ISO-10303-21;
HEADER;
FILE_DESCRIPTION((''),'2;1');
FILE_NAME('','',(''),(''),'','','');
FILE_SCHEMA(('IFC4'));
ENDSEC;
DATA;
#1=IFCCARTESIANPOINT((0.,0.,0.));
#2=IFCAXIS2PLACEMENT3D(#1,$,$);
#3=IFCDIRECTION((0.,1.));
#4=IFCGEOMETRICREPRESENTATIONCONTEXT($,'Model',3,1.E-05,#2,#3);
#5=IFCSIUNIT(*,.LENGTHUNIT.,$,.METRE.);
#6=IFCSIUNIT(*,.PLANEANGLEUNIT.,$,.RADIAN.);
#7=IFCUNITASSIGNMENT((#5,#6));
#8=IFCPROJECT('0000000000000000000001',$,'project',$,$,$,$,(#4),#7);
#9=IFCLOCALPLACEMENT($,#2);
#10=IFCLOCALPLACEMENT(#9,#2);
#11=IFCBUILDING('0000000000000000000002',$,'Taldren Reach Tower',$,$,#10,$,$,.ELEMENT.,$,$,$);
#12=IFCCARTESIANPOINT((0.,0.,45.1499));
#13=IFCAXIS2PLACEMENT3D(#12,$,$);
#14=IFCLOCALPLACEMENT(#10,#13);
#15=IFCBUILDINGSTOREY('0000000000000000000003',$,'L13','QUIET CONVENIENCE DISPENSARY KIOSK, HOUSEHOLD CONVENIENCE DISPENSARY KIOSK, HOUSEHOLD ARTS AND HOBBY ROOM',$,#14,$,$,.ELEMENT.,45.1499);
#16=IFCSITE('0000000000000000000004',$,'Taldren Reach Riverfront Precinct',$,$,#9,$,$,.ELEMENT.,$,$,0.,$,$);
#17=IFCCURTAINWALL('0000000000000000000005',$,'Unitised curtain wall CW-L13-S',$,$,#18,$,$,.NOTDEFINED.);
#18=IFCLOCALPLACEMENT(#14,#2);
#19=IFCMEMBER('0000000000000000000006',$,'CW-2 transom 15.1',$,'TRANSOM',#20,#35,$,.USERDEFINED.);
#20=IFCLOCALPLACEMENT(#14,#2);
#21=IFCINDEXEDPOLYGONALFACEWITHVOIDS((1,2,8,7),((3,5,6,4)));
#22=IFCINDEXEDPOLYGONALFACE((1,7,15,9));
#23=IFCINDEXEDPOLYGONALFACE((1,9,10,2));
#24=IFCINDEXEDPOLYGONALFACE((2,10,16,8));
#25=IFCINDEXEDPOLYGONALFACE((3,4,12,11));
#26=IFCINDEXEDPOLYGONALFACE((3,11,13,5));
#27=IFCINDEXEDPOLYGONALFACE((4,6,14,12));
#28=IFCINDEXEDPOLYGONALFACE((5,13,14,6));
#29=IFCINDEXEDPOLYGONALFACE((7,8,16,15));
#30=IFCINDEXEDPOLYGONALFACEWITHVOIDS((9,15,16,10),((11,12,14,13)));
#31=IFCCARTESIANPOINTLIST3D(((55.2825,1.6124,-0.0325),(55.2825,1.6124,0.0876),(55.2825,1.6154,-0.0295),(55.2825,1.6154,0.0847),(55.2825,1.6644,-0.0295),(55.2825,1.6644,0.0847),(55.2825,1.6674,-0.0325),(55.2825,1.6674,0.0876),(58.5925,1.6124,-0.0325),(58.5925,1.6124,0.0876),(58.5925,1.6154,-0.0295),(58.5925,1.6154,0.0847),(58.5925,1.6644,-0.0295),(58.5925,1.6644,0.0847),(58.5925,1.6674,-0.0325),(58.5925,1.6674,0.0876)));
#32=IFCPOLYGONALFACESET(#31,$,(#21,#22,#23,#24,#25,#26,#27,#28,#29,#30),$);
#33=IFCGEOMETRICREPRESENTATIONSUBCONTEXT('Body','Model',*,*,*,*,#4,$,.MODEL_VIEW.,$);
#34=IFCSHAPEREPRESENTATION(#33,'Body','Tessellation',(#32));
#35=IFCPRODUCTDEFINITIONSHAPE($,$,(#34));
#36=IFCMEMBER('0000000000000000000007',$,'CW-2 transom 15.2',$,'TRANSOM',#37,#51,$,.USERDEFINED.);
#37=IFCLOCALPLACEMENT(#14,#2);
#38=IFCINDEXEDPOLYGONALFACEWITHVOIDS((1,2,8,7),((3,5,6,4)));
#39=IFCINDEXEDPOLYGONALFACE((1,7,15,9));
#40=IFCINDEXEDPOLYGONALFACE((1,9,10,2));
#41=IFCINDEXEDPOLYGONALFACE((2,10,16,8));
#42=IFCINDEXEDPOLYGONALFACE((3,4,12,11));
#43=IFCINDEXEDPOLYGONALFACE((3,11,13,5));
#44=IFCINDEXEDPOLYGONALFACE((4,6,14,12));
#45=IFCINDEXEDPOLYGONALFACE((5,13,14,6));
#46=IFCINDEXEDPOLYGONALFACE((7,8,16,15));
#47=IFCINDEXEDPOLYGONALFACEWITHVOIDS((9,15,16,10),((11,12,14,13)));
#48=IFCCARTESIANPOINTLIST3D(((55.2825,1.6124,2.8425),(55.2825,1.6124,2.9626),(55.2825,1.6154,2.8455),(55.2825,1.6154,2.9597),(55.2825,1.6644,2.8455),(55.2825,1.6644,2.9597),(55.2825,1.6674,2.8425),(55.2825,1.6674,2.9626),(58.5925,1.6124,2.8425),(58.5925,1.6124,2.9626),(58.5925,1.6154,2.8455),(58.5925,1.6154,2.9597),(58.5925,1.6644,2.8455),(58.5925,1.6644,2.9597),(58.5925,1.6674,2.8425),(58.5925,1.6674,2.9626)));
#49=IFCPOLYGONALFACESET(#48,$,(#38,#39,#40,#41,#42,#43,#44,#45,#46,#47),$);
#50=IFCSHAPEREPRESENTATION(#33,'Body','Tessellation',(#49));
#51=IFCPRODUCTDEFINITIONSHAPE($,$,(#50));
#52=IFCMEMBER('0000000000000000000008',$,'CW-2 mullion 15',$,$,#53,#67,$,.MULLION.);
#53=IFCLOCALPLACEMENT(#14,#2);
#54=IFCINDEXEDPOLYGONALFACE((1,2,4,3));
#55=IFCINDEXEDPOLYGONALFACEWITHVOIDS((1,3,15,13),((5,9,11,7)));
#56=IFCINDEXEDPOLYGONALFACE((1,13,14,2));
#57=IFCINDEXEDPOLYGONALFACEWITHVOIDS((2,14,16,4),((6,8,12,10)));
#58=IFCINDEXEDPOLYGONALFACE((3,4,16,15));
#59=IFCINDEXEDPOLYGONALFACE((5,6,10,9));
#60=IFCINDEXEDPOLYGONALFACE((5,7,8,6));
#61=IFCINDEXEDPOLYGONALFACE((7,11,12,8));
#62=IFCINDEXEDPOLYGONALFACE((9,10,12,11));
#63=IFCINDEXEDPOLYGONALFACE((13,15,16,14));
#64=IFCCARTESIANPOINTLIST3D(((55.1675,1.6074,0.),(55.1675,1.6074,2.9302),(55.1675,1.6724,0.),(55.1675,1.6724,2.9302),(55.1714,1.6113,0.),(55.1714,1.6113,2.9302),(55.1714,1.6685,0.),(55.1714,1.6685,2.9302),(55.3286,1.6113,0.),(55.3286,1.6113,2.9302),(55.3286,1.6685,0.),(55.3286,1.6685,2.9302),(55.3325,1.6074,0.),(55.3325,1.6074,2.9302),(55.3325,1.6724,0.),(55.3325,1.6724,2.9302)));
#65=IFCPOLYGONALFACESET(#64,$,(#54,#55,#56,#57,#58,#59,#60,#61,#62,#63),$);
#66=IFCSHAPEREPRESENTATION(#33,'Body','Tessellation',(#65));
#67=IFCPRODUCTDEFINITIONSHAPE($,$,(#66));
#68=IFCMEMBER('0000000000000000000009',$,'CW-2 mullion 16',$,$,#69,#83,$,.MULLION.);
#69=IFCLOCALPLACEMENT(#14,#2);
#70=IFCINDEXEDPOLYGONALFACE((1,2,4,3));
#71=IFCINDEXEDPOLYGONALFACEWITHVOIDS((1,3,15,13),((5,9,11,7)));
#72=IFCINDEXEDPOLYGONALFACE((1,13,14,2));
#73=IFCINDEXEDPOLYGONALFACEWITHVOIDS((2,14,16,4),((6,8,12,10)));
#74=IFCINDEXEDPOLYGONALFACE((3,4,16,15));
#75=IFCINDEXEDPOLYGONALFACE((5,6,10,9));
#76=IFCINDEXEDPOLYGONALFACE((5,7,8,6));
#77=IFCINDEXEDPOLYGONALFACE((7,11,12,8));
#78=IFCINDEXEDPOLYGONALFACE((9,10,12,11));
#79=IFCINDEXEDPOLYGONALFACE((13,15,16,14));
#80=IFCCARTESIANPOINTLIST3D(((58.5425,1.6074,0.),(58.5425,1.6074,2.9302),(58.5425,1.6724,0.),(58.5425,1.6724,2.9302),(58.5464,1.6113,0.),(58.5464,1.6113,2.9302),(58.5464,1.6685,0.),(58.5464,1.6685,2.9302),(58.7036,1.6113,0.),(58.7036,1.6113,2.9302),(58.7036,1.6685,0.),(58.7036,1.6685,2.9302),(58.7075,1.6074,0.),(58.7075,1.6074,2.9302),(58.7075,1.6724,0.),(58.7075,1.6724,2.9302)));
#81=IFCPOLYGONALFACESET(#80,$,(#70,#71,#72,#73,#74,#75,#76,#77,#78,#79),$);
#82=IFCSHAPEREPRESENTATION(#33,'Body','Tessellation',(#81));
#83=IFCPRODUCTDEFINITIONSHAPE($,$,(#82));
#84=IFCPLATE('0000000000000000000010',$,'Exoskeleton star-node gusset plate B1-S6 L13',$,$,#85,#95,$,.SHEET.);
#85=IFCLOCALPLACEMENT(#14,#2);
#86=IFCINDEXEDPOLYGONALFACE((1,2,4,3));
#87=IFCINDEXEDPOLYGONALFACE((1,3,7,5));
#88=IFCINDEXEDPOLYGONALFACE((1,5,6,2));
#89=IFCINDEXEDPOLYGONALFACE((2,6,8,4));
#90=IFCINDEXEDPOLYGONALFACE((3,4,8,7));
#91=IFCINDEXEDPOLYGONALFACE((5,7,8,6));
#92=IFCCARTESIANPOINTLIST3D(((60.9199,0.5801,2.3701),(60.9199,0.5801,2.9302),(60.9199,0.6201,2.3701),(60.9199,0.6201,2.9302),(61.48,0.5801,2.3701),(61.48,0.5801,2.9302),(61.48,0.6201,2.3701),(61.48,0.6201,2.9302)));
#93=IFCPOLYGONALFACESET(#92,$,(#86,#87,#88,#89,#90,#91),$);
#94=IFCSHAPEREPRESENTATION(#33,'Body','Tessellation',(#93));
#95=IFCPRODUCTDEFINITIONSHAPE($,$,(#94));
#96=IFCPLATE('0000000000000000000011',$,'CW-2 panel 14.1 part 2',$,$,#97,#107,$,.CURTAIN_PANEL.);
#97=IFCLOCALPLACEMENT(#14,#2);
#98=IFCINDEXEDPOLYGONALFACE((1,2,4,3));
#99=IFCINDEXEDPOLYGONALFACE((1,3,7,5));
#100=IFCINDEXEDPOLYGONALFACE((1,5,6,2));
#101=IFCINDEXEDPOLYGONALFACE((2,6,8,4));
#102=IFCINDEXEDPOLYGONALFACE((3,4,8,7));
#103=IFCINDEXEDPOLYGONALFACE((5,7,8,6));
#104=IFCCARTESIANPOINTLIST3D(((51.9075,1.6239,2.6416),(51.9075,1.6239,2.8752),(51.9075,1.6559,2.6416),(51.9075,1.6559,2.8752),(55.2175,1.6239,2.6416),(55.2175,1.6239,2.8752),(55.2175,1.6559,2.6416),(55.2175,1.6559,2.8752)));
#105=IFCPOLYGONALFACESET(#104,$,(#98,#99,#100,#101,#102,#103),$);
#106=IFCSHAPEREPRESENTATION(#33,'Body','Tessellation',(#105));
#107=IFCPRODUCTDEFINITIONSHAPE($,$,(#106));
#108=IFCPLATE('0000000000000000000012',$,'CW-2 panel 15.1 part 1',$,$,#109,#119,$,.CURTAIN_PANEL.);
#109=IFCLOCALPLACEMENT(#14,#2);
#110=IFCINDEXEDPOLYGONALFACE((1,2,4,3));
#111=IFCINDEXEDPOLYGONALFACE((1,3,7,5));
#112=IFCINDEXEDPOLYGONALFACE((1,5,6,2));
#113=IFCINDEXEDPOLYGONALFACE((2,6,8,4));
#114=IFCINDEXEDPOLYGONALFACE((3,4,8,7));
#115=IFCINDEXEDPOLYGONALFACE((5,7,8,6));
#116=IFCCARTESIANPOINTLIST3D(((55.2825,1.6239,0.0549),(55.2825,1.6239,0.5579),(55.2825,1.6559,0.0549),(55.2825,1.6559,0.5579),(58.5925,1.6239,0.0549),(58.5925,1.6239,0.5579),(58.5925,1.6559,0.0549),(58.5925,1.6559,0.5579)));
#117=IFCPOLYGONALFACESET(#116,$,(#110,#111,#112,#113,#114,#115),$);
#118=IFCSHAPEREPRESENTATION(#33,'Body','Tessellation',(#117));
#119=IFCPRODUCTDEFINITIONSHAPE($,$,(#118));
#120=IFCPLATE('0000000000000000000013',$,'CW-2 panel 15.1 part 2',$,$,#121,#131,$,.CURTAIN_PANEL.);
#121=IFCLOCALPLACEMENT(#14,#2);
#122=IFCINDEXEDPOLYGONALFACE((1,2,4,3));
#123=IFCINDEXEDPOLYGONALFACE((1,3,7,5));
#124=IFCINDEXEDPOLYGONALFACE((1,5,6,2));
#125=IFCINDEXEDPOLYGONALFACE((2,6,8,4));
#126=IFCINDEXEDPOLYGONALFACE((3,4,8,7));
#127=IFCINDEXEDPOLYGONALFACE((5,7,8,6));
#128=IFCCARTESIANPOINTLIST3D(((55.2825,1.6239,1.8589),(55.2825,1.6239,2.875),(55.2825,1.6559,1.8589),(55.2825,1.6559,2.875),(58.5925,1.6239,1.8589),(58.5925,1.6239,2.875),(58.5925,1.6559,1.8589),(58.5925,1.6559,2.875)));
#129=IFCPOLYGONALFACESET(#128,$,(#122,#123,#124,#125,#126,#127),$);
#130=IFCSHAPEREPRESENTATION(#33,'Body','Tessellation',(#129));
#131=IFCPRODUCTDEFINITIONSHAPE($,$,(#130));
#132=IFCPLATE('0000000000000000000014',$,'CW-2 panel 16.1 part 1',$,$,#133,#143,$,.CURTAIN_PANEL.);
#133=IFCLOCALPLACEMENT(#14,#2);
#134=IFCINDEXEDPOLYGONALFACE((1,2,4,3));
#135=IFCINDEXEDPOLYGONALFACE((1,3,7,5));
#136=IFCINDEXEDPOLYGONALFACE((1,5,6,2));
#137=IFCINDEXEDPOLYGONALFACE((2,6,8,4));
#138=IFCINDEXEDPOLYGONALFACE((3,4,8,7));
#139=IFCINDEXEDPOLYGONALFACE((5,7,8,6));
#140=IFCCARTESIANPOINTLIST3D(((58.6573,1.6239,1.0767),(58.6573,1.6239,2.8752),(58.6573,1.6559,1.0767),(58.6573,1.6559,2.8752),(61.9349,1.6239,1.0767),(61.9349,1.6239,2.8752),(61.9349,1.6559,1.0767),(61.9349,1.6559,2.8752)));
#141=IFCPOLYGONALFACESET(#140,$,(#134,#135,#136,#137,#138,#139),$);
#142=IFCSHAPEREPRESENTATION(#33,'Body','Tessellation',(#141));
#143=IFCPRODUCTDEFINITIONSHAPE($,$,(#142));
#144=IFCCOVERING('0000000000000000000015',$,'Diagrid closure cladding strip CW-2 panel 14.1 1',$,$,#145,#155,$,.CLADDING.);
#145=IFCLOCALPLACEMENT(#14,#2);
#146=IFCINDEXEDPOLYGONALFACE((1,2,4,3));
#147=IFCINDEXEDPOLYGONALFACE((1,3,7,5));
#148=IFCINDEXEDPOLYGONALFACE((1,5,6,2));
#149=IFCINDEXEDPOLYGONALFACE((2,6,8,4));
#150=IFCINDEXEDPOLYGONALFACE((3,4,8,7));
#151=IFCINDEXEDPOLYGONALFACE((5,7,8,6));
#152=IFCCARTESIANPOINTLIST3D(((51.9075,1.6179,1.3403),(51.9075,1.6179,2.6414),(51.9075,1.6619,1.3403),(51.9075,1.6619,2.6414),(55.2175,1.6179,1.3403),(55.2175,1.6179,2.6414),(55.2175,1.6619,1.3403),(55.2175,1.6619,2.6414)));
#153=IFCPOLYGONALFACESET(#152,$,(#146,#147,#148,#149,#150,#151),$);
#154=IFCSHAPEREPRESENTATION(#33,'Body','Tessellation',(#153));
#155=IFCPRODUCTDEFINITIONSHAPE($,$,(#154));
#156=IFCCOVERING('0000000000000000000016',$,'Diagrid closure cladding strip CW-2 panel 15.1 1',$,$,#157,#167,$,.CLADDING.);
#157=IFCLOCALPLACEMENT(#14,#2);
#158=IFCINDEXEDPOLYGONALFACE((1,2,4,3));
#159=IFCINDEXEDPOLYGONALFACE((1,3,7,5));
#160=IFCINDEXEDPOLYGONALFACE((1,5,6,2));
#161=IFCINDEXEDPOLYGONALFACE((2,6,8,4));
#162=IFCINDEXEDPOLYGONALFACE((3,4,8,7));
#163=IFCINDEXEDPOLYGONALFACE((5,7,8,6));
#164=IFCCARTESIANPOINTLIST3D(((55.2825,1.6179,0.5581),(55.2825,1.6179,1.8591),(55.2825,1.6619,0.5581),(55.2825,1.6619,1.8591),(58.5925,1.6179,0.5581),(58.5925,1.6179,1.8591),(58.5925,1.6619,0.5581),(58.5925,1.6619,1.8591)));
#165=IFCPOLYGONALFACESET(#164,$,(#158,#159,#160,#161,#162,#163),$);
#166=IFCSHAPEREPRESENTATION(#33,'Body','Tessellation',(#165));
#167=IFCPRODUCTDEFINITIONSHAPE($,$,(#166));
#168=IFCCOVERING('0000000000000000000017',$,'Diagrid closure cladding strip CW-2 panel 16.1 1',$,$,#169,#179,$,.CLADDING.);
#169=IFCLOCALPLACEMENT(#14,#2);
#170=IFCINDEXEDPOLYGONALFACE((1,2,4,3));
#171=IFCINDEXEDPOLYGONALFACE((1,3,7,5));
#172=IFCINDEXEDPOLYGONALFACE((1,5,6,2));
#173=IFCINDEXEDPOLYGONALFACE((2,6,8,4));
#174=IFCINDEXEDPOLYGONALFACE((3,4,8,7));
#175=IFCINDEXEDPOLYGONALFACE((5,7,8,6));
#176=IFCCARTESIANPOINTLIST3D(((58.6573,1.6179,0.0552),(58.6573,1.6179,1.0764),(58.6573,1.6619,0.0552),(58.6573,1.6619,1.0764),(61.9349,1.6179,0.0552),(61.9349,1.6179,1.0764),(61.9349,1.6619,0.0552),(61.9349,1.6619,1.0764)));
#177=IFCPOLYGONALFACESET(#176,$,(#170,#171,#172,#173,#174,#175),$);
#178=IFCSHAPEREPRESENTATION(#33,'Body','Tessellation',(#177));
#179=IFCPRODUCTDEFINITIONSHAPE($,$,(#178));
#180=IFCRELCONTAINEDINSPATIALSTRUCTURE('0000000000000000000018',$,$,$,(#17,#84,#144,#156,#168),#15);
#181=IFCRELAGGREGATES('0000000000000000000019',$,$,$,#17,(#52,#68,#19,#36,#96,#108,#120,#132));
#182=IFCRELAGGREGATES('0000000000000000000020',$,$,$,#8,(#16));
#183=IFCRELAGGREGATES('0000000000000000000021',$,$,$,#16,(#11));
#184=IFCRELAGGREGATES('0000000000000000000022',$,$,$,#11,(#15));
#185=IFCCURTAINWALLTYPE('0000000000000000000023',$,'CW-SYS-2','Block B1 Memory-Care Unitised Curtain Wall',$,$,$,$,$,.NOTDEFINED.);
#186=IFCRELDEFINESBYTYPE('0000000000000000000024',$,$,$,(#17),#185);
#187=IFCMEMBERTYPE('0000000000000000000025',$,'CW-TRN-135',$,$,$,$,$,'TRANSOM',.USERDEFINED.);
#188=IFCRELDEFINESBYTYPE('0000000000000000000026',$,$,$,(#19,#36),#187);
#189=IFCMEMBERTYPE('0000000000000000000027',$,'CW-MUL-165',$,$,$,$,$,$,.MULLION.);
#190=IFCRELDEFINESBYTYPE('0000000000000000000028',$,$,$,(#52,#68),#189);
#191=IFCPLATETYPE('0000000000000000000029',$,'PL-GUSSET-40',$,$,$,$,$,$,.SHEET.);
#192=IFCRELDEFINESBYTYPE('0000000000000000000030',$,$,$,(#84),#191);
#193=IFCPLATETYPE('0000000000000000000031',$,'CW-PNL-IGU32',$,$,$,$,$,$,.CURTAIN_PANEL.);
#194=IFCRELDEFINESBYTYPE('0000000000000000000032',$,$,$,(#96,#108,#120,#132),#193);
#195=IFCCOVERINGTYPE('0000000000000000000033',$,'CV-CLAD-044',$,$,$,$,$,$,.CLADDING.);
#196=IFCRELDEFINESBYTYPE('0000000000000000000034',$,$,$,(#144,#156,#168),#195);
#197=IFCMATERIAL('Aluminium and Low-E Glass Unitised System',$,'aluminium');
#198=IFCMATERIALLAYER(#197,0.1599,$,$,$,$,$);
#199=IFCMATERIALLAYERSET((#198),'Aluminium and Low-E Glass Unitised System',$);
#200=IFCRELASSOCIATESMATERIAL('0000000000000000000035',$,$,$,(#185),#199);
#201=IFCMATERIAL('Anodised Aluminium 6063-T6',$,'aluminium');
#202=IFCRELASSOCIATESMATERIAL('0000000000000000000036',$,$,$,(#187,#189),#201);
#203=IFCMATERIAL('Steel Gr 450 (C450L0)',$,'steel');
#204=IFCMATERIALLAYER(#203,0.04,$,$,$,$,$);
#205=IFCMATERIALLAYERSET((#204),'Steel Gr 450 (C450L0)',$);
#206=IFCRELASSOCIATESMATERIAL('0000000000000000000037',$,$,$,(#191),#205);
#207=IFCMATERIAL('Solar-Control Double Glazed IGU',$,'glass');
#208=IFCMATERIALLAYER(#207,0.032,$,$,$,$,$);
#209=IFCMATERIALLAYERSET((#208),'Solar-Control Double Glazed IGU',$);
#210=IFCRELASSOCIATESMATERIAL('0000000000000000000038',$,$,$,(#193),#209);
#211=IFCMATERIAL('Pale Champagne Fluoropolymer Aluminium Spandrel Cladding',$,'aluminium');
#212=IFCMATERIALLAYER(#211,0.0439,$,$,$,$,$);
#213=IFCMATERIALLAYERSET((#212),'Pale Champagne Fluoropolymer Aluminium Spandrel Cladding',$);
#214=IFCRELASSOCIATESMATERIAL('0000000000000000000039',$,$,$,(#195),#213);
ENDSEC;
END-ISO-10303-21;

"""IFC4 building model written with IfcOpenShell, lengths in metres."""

from ifc_helpers import new_model, si_unit, direction, frame, origin, origin_2d, place, context, subcontext, project, spatial, rectangle, hollow_rectangle, extrude, source, transform, mapped, material, layer, layer_set, material_profile, profile_set, type_object, element, aggregate, save


model = new_model("IFC4")

# Units and contexts
model_context = context("Model", 3, precision=1e-05, world=origin(), true_north=direction((0.0, 1.0)))
body_context = subcontext(model_context, "Body", "Model", "MODEL_VIEW")
ifc_project = project(units=[si_unit("LENGTHUNIT", "METRE"), si_unit("PLANEANGLEUNIT", "RADIAN")], contexts=[model_context])

# Site, building, storey
site_placement = place(None, origin())
site = spatial("IfcSite", under=ifc_project, at=site_placement, Name="Taldren Reach Riverfront Precinct", CompositionType="ELEMENT", RefElevation=0.0)
building_placement = place(site_placement, origin())
building = spatial("IfcBuilding", under=site, at=building_placement, Name="Taldren Reach Tower", CompositionType="ELEMENT")
storey_placement = place(building_placement, frame((0.0, 0.0, 45.1499)))
storey = spatial("IfcBuildingStorey", under=building, at=storey_placement, Name="L13", Description="QUIET CONVENIENCE DISPENSARY KIOSK, HOUSEHOLD CONVENIENCE DISPENSARY KIOSK, HOUSEHOLD ARTS AND HOBBY ROOM", CompositionType="ELEMENT", Elevation=45.1499)

# Shared definitions
ifc_material_1 = material(Name="Steel Gr 450 (C450L0)", Category="steel")

# Curtain wall, members
ifc_material_2 = material(Name="Aluminium and Low-E Glass Unitised System", Category="aluminium")
ifc_layer_1 = layer(ifc_material_2, 0.1599)
ifc_layer_set_1 = layer_set([ifc_layer_1], Name="Aluminium and Low-E Glass Unitised System")
curtain_wall_type = type_object("IfcCurtainWallType", Name="CW-SYS-2", Description="Block B1 Memory-Care Unitised Curtain Wall", PredefinedType="NOTDEFINED", material=ifc_layer_set_1)
curtain_wall_placement = place(storey_placement, origin())
curtain_wall = element("IfcCurtainWall", 1, at=curtain_wall_placement, inside=storey, type_object=curtain_wall_type, Name="Unitised curtain wall CW-L13-S", PredefinedType="NOTDEFINED")
ifc_material_3 = material(Name="Anodised Aluminium 6063-T6", Category="aluminium")
ifc_material_profile_1 = material_profile(ifc_material_3, hollow_rectangle(XDim=0.0549, YDim=0.1201, WallThickness=0.0029, at=origin_2d()), Name="ALU-120x55x3RHS")
ifc_profile_set_1 = profile_set([ifc_material_profile_1], Name="Anodised Aluminium 6063-T6")
member_type_1 = type_object("IfcMemberType", Name="CW-TRN-135", ElementType="TRANSOM", PredefinedType="USERDEFINED", material=ifc_profile_set_1)
shared_shape_1 = source(origin(), body_context, "Body", "SweptSolid", [
    extrude(hollow_rectangle(XDim=0.0549, YDim=0.1201, WallThickness=0.0029, at=origin_2d()), origin(), (0.0, 0.0, 1.0), 3.3101),
])
member_1_placement = place(storey_placement, frame((55.2825, 1.6399, 0.0276), z_axis=(1.0, 0.0, 0.0), x_axis=(0.0, 1.0, 0.0)))
member_1 = element("IfcMember", 2, at=member_1_placement, type_object=member_type_1, Name="CW-2 transom 15.1", ObjectType="TRANSOM", PredefinedType="USERDEFINED", context=body_context, shape_type="MappedRepresentation", body=[
    mapped(shared_shape_1, transform((0.0, 0.0, 0.0), scale=1.0)),
])
member_2_placement = place(storey_placement, frame((55.2825, 1.6399, 2.9026), z_axis=(1.0, 0.0, 0.0), x_axis=(0.0, 1.0, 0.0)))
member_2 = element("IfcMember", 3, at=member_2_placement, type_object=member_type_1, Name="CW-2 transom 15.2", ObjectType="TRANSOM", PredefinedType="USERDEFINED", context=body_context, shape_type="MappedRepresentation", body=[
    mapped(shared_shape_1, transform((0.0, 0.0, 0.0), scale=1.0)),
])
ifc_material_profile_2 = material_profile(ifc_material_3, hollow_rectangle(XDim=0.0649, YDim=0.165, WallThickness=0.0039, at=origin_2d()), Name="ALU-165x65x4RHS")
ifc_profile_set_2 = profile_set([ifc_material_profile_2], Name="Anodised Aluminium 6063-T6")
member_type_2 = type_object("IfcMemberType", Name="CW-MUL-165", PredefinedType="MULLION", material=ifc_profile_set_2)
shared_shape_2 = source(origin(), body_context, "Body", "SweptSolid", [
    extrude(hollow_rectangle(XDim=0.0649, YDim=0.165, WallThickness=0.0039, at=origin_2d()), origin(), (0.0, 0.0, 1.0), 2.9302),
])
member_3_placement = place(storey_placement, frame((55.25, 1.6399, 0.0), z_axis=(0.0, 0.0, 1.0), x_axis=(0.0, 1.0, 0.0)))
member_3 = element("IfcMember", 4, at=member_3_placement, type_object=member_type_2, Name="CW-2 mullion 15", PredefinedType="MULLION", context=body_context, shape_type="MappedRepresentation", body=[
    mapped(shared_shape_2, transform((0.0, 0.0, 0.0), scale=1.0)),
])
member_4_placement = place(storey_placement, frame((58.625, 1.6399, 0.0), z_axis=(0.0, 0.0, 1.0), x_axis=(0.0, 1.0, 0.0)))
member_4 = element("IfcMember", 5, at=member_4_placement, type_object=member_type_2, Name="CW-2 mullion 16", PredefinedType="MULLION", context=body_context, shape_type="MappedRepresentation", body=[
    mapped(shared_shape_2, transform((0.0, 0.0, 0.0), scale=1.0)),
])

# Plates
ifc_layer_2 = layer(ifc_material_1, 0.04)
ifc_layer_set_2 = layer_set([ifc_layer_2], Name="Steel Gr 450 (C450L0)")
plate_type_1 = type_object("IfcPlateType", Name="PL-GUSSET-40", PredefinedType="SHEET", material=ifc_layer_set_2)
shared_shape_3 = source(origin(), body_context, "Body", "SweptSolid", [
    extrude(rectangle(XDim=0.5601, YDim=0.04, at=origin_2d()), origin(), (0.0, 0.0, 1.0), 0.5601),
])
plate_1_placement = place(storey_placement, frame((61.2, 0.6001, 2.3701), z_axis=(0.0, 0.0, 1.0), x_axis=(1.0, 0.0, 0.0)))
element("IfcPlate", 6, at=plate_1_placement, inside=storey, type_object=plate_type_1, Name="Exoskeleton star-node gusset plate B1-S6 L13", PredefinedType="SHEET", context=body_context, shape_type="MappedRepresentation", body=[
    mapped(shared_shape_3, transform((0.0, 0.0, 0.0), scale=1.0)),
])
ifc_material_4 = material(Name="Solar-Control Double Glazed IGU", Category="glass")
ifc_layer_3 = layer(ifc_material_4, 0.032)
ifc_layer_set_3 = layer_set([ifc_layer_3], Name="Solar-Control Double Glazed IGU")
plate_type_2 = type_object("IfcPlateType", Name="CW-PNL-IGU32", PredefinedType="CURTAIN_PANEL", material=ifc_layer_set_3)
shared_shape_4 = source(origin(), body_context, "Body", "SweptSolid", [
    extrude(rectangle(XDim=3.3101, YDim=0.032, at=origin_2d()), origin(), (0.0, 0.0, 1.0), 0.2336),
])
plate_2_placement = place(storey_placement, frame((53.5625, 1.6399, 2.6416), z_axis=(0.0, 0.0, 1.0), x_axis=(1.0, 0.0, 0.0)))
plate_2 = element("IfcPlate", 7, at=plate_2_placement, type_object=plate_type_2, Name="CW-2 panel 14.1 part 2", PredefinedType="CURTAIN_PANEL", context=body_context, shape_type="MappedRepresentation", body=[
    mapped(shared_shape_4, transform((0.0, 0.0, 0.0), scale=1.0)),
])
shared_shape_5 = source(origin(), body_context, "Body", "SweptSolid", [
    extrude(rectangle(XDim=3.3101, YDim=0.032, at=origin_2d()), origin(), (0.0, 0.0, 1.0), 0.5029),
])
plate_3_placement = place(storey_placement, frame((56.9375, 1.6399, 0.0549), z_axis=(0.0, 0.0, 1.0), x_axis=(1.0, 0.0, 0.0)))
plate_3 = element("IfcPlate", 8, at=plate_3_placement, type_object=plate_type_2, Name="CW-2 panel 15.1 part 1", PredefinedType="CURTAIN_PANEL", context=body_context, shape_type="MappedRepresentation", body=[
    mapped(shared_shape_5, transform((0.0, 0.0, 0.0), scale=1.0)),
])
shared_shape_6 = source(origin(), body_context, "Body", "SweptSolid", [
    extrude(rectangle(XDim=3.3101, YDim=0.032, at=origin_2d()), origin(), (0.0, 0.0, 1.0), 1.0161),
])
plate_4_placement = place(storey_placement, frame((56.9375, 1.6399, 1.8589), z_axis=(0.0, 0.0, 1.0), x_axis=(1.0, 0.0, 0.0)))
plate_4 = element("IfcPlate", 9, at=plate_4_placement, type_object=plate_type_2, Name="CW-2 panel 15.1 part 2", PredefinedType="CURTAIN_PANEL", context=body_context, shape_type="MappedRepresentation", body=[
    mapped(shared_shape_6, transform((0.0, 0.0, 0.0), scale=1.0)),
])
shared_shape_7 = source(origin(), body_context, "Body", "SweptSolid", [
    extrude(rectangle(XDim=3.2776, YDim=0.032, at=origin_2d()), origin(), (0.0, 0.0, 1.0), 1.7986),
])
plate_5_placement = place(storey_placement, frame((60.2961, 1.6399, 1.0767), z_axis=(0.0, 0.0, 1.0), x_axis=(1.0, 0.0, 0.0)))
plate_5 = element("IfcPlate", 10, at=plate_5_placement, type_object=plate_type_2, Name="CW-2 panel 16.1 part 1", PredefinedType="CURTAIN_PANEL", context=body_context, shape_type="MappedRepresentation", body=[
    mapped(shared_shape_7, transform((0.0, 0.0, 0.0), scale=1.0)),
])
aggregate(curtain_wall, [member_3, member_4, member_1, member_2, plate_2, plate_3, plate_4, plate_5])

# Coverings
ifc_material_5 = material(Name="Pale Champagne Fluoropolymer Aluminium Spandrel Cladding", Category="aluminium")
ifc_layer_4 = layer(ifc_material_5, 0.0439)
ifc_layer_set_4 = layer_set([ifc_layer_4], Name="Pale Champagne Fluoropolymer Aluminium Spandrel Cladding")
covering_type = type_object("IfcCoveringType", Name="CV-CLAD-044", PredefinedType="CLADDING", material=ifc_layer_set_4)
shared_shape_8 = source(origin(), body_context, "Body", "SweptSolid", [
    extrude(rectangle(XDim=3.3101, YDim=0.0439, at=origin_2d()), origin(), (0.0, 0.0, 1.0), 1.301),
])
for number, where, z_axis, x_axis, name in (
    (11, (53.5625, 1.6399, 1.3403), (0.0, 0.0, 1.0), (1.0, 0.0, 0.0), "Diagrid closure cladding strip CW-2 panel 14.1 1"),
    (12, (56.9375, 1.6399, 0.5581), (0.0, 0.0, 1.0), (1.0, 0.0, 0.0), "Diagrid closure cladding strip CW-2 panel 15.1 1"),
):
    element("IfcCovering", number, at=place(storey_placement, frame(where, z_axis=z_axis, x_axis=x_axis)), inside=storey, type_object=covering_type, Name=name, PredefinedType="CLADDING", context=body_context, shape_type="MappedRepresentation", body=[
        mapped(shared_shape_8, transform((0.0, 0.0, 0.0), scale=1.0)),
    ])
shared_shape_9 = source(origin(), body_context, "Body", "SweptSolid", [
    extrude(rectangle(XDim=3.2776, YDim=0.0439, at=origin_2d()), origin(), (0.0, 0.0, 1.0), 1.0212),
])
covering_placement = place(storey_placement, frame((60.2961, 1.6399, 0.0552), z_axis=(0.0, 0.0, 1.0), x_axis=(1.0, 0.0, 0.0)))
element("IfcCovering", 13, at=covering_placement, inside=storey, type_object=covering_type, Name="Diagrid closure cladding strip CW-2 panel 16.1 1", PredefinedType="CLADDING", context=body_context, shape_type="MappedRepresentation", body=[
    mapped(shared_shape_9, transform((0.0, 0.0, 0.0), scale=1.0)),
])

save(model, "model.ifc")
